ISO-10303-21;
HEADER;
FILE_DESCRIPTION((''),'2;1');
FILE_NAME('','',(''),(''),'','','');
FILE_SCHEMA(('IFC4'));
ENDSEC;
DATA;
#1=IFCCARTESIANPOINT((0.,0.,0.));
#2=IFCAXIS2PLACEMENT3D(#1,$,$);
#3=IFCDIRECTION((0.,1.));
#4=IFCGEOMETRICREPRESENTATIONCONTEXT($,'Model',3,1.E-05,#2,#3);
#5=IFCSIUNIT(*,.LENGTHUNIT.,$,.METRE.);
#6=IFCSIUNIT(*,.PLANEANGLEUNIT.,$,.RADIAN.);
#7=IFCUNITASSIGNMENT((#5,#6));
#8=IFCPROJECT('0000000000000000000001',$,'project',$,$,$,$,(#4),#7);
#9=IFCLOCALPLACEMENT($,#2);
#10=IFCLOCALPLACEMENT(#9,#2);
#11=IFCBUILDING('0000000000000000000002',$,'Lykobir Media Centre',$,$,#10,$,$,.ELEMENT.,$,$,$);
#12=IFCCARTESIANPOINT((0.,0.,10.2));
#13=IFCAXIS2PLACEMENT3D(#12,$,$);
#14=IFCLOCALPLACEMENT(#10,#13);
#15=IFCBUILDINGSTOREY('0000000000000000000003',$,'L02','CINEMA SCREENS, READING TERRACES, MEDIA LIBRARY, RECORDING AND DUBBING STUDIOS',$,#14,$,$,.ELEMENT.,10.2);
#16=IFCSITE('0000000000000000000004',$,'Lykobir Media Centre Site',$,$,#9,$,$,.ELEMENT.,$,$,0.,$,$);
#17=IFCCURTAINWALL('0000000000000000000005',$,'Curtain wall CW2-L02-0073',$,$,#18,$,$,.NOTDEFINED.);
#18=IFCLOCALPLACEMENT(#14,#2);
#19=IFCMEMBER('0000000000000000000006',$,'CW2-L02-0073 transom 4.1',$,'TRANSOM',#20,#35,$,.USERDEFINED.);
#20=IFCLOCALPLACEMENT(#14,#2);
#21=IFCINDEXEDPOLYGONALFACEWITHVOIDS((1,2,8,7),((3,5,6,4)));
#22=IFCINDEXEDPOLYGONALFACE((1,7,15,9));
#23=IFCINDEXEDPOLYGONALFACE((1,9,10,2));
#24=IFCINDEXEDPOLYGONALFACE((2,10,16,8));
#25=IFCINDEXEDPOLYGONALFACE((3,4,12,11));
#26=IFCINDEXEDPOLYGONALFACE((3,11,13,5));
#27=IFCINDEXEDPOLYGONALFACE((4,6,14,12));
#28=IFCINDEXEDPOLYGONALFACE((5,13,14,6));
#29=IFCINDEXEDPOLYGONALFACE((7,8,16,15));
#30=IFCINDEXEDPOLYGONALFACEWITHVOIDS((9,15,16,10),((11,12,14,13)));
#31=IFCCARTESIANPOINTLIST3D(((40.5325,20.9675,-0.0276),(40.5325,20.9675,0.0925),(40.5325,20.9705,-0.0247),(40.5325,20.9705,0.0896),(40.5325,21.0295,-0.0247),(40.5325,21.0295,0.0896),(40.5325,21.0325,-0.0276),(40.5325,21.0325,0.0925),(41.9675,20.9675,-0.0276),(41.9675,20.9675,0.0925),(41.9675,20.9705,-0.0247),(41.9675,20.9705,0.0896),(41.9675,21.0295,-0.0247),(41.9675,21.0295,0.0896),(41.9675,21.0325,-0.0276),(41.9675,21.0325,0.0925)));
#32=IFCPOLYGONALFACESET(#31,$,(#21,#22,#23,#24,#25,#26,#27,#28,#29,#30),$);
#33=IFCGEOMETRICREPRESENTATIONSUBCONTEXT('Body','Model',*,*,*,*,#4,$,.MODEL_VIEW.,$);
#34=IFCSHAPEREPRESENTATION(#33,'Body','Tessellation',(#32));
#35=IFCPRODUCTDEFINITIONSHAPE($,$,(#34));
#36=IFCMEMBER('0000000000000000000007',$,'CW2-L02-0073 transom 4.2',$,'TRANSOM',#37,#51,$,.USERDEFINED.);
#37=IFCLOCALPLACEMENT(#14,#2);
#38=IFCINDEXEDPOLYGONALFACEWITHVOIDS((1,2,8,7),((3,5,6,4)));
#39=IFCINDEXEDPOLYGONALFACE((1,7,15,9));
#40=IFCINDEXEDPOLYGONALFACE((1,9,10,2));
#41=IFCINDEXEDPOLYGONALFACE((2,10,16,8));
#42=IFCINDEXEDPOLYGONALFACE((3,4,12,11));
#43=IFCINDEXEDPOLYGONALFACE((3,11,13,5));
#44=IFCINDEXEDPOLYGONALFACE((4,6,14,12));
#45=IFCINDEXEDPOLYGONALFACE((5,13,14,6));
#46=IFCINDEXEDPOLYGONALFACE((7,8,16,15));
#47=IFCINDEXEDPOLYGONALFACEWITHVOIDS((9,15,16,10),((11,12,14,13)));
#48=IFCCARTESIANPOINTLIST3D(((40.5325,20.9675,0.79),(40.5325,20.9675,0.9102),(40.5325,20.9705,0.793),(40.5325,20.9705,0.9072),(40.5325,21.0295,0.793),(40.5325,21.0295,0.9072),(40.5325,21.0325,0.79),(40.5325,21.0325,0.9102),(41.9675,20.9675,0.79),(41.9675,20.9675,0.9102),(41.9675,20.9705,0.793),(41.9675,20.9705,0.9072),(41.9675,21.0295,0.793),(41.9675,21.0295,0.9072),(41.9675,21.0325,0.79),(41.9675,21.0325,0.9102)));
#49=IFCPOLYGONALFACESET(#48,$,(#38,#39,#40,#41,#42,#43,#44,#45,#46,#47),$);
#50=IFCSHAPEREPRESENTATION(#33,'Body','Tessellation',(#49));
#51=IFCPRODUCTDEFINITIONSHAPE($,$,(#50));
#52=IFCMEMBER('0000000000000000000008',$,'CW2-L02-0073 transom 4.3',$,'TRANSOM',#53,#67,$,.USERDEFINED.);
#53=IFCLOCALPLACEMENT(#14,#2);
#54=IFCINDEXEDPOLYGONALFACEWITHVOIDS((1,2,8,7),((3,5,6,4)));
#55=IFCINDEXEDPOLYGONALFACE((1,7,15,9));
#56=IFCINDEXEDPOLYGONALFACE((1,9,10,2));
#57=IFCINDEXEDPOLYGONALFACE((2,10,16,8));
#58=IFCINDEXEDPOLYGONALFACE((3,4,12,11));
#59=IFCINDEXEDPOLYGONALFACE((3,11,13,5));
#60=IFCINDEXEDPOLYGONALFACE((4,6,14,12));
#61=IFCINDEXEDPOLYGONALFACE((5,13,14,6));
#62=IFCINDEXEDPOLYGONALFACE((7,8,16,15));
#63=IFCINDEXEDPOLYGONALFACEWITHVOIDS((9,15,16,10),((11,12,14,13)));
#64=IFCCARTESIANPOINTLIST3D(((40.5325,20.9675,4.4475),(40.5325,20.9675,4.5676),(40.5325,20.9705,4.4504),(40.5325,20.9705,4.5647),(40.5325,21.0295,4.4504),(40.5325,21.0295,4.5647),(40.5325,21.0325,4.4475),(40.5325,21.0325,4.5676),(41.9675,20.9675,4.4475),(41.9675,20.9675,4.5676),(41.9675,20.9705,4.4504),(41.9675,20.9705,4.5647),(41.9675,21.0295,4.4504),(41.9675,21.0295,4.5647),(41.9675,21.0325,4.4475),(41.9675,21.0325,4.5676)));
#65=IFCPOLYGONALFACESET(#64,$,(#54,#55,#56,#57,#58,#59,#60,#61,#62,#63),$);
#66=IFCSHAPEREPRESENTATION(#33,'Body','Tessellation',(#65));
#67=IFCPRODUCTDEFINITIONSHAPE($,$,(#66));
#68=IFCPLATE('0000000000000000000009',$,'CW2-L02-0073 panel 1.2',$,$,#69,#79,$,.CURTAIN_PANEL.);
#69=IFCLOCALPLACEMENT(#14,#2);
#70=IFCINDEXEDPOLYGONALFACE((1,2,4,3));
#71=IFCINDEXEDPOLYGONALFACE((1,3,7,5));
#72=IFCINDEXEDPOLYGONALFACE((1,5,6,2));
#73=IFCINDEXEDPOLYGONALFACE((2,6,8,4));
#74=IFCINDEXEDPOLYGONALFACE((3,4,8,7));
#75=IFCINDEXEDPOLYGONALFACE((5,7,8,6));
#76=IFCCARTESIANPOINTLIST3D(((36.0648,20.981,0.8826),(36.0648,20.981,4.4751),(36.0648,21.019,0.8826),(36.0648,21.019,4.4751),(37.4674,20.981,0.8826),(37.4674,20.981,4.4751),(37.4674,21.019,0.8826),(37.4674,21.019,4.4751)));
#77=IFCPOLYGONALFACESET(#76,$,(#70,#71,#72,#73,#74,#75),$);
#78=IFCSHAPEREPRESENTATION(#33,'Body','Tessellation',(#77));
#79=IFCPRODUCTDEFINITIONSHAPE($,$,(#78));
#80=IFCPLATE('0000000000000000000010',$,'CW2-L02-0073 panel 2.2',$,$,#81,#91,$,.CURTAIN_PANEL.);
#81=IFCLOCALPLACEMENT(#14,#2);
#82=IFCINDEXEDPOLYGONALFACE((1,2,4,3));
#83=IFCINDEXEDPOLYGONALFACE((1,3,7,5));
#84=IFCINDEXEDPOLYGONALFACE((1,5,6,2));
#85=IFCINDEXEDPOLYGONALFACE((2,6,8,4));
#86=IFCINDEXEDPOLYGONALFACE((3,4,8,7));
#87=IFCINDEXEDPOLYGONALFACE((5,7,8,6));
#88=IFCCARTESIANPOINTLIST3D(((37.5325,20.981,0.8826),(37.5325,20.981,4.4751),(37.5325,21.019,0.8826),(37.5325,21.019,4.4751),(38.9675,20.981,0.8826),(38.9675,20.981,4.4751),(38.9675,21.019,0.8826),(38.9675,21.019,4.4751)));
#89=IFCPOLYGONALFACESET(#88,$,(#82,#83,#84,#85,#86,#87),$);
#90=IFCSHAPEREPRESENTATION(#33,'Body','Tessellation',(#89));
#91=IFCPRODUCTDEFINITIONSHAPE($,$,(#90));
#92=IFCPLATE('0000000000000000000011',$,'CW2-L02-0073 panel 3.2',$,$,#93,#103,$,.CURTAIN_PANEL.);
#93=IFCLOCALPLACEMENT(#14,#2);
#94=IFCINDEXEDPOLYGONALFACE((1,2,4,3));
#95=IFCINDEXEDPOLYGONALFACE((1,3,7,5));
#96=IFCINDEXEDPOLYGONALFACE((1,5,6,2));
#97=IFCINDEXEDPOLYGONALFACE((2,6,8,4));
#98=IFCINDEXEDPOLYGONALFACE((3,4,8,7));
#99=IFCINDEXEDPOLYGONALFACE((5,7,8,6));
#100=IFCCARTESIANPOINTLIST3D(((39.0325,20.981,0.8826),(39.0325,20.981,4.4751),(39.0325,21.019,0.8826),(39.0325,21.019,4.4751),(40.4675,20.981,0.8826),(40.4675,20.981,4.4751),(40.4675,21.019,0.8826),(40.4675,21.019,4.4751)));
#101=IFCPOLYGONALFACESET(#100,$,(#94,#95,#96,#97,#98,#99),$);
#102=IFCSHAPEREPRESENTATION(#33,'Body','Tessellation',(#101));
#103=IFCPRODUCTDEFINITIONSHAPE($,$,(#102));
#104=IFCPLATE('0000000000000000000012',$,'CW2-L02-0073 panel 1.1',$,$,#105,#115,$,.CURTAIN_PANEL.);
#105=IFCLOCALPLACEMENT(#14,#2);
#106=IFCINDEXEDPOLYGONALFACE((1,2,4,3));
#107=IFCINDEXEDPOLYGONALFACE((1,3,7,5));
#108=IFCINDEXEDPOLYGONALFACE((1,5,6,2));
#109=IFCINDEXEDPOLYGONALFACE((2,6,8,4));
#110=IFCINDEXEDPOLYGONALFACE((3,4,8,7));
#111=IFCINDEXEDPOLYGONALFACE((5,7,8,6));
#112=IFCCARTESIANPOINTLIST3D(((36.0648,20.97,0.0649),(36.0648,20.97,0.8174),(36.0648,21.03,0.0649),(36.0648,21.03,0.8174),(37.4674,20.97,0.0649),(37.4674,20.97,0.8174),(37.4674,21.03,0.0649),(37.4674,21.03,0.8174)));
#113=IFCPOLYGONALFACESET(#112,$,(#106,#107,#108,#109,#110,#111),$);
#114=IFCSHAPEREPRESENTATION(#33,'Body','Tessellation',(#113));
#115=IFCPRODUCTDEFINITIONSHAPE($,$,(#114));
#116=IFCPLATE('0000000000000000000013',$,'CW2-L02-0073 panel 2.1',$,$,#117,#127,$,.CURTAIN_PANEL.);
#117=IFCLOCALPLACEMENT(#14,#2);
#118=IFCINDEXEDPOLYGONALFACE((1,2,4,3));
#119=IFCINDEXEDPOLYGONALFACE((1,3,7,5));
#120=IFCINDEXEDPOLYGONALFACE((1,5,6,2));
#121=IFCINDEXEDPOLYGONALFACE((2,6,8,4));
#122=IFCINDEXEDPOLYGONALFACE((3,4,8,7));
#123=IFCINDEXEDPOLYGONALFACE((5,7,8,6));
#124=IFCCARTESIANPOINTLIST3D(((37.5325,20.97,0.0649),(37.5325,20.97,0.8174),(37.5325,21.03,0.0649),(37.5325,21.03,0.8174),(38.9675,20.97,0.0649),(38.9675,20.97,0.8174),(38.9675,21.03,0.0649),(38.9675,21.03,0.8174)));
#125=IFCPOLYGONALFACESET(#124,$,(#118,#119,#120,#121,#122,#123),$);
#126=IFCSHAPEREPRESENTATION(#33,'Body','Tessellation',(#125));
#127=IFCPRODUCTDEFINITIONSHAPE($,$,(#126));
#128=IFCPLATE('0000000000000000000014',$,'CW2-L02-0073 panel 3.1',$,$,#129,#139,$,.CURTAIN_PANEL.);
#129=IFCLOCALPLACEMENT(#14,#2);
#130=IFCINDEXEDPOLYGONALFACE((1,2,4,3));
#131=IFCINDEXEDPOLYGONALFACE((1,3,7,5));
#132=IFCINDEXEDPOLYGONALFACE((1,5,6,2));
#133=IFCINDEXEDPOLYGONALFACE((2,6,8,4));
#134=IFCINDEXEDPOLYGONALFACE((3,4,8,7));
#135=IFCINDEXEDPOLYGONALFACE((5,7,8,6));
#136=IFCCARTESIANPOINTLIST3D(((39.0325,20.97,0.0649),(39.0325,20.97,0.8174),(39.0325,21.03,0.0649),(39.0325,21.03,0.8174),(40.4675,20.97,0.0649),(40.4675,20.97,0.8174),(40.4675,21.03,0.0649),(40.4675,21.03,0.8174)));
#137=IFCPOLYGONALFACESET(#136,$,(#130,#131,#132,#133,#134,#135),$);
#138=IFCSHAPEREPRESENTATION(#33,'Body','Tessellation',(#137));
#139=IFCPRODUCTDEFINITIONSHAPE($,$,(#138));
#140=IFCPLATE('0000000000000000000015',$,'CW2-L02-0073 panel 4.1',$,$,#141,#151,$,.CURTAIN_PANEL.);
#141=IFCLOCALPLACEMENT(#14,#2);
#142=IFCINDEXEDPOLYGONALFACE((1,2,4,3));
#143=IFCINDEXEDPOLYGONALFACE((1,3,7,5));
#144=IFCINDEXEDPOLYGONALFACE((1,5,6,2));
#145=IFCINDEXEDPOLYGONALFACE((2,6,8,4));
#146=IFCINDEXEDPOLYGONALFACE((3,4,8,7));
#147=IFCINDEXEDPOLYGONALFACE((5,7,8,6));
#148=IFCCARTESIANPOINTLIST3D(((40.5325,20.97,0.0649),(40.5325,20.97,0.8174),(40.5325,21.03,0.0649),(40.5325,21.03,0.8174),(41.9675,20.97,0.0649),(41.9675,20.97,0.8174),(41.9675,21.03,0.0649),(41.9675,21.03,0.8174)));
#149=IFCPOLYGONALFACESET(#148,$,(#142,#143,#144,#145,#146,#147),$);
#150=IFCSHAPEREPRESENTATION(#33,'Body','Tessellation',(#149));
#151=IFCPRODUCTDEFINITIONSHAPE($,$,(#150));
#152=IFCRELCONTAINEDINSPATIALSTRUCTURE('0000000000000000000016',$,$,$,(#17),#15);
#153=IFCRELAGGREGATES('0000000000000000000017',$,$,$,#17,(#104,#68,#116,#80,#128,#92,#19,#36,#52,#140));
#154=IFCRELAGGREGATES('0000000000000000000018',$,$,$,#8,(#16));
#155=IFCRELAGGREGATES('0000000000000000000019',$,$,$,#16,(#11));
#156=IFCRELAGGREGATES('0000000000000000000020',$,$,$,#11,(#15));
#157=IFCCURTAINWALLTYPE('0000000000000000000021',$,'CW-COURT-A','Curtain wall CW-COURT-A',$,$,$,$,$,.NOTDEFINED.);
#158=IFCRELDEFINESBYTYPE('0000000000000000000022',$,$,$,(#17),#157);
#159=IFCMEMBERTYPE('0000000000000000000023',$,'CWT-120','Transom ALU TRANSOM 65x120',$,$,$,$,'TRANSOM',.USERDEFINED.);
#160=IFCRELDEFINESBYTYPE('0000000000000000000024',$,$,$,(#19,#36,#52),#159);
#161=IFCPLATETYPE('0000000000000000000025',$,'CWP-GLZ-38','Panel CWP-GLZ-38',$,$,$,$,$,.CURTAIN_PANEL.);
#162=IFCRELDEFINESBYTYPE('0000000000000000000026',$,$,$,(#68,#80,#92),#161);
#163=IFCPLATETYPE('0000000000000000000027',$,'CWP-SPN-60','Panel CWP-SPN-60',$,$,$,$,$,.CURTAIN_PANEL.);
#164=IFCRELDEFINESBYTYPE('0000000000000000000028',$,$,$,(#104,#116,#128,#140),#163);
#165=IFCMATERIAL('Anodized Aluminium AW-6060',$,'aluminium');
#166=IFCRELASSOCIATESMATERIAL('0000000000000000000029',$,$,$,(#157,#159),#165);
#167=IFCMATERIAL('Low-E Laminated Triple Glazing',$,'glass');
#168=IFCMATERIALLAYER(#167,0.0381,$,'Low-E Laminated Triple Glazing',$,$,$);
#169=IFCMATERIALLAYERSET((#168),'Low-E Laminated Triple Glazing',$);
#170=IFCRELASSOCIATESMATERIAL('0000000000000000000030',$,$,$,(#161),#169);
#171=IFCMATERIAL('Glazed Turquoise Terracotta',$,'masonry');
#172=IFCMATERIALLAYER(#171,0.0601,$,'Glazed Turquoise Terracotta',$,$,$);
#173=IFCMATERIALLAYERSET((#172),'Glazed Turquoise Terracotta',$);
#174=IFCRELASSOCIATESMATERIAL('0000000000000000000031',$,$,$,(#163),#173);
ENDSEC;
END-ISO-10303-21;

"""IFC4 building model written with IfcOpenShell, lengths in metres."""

from ifc_helpers import new_model, si_unit, direction, frame, origin, origin_2d, place, context, subcontext, project, spatial, rectangle, hollow_rectangle, extrude, material, layer, layer_set, material_profile, profile_set, type_object, element, aggregate, save


model = new_model("IFC4")

# Units and contexts
model_context = context("Model", 3, precision=1e-05, world=origin(), true_north=direction((0.0, 1.0)))
body_context = subcontext(model_context, "Body", "Model", "MODEL_VIEW")
ifc_project = project(units=[si_unit("LENGTHUNIT", "METRE"), si_unit("PLANEANGLEUNIT", "RADIAN")], contexts=[model_context])

# Site, building, storey
site_placement = place(None, origin())
site = spatial("IfcSite", under=ifc_project, at=site_placement, Name="Lykobir Media Centre Site", CompositionType="ELEMENT", RefElevation=0.0)
building_placement = place(site_placement, origin())
building = spatial("IfcBuilding", under=site, at=building_placement, Name="Lykobir Media Centre", CompositionType="ELEMENT")
storey_placement = place(building_placement, frame((0.0, 0.0, 10.2)))
storey = spatial("IfcBuildingStorey", under=building, at=storey_placement, Name="L02", Description="CINEMA SCREENS, READING TERRACES, MEDIA LIBRARY, RECORDING AND DUBBING STUDIOS", CompositionType="ELEMENT", Elevation=10.2)

# Curtain wall, members, plates
ifc_material_1 = material(Name="Anodized Aluminium AW-6060", Category="aluminium")
curtain_wall_type = type_object("IfcCurtainWallType", Name="CW-COURT-A", Description="Curtain wall CW-COURT-A", PredefinedType="NOTDEFINED", material=ifc_material_1)
curtain_wall_placement = place(storey_placement, origin())
curtain_wall = element("IfcCurtainWall", 1, at=curtain_wall_placement, inside=storey, type_object=curtain_wall_type, Name="Curtain wall CW2-L02-0073", PredefinedType="NOTDEFINED")
ifc_material_profile_1 = material_profile(ifc_material_1, hollow_rectangle(XDim=0.0649, YDim=0.1201, WallThickness=0.0029, at=origin_2d()), Name="ALU TRANSOM 65x120")
ifc_profile_set_1 = profile_set([ifc_material_profile_1], Name="Anodized Aluminium AW-6060")
member_type_1 = type_object("IfcMemberType", Name="CWT-120", Description="Transom ALU TRANSOM 65x120", ElementType="TRANSOM", PredefinedType="USERDEFINED", material=ifc_profile_set_1)
member_1_placement = place(storey_placement, frame((40.5325, 21.0, 0.0325), z_axis=(1.0, 0.0, 0.0), x_axis=(0.0, 1.0, 0.0)))
member_1 = element("IfcMember", 2, at=member_1_placement, type_object=member_type_1, Name="CW2-L02-0073 transom 4.1", ObjectType="TRANSOM", PredefinedType="USERDEFINED", context=body_context, shape_type="SweptSolid", body=[
    extrude(hollow_rectangle(XDim=0.0649, YDim=0.1201, WallThickness=0.0029, at=origin_2d()), origin(), (0.0, 0.0, 1.0), 1.4351),
])
member_2_placement = place(storey_placement, frame((40.5325, 21.0, 0.8501), z_axis=(1.0, 0.0, 0.0), x_axis=(0.0, 1.0, 0.0)))
member_2 = element("IfcMember", 3, at=member_2_placement, type_object=member_type_1, Name="CW2-L02-0073 transom 4.2", ObjectType="TRANSOM", PredefinedType="USERDEFINED", context=body_context, shape_type="SweptSolid", body=[
    extrude(hollow_rectangle(XDim=0.0649, YDim=0.1201, WallThickness=0.0029, at=origin_2d()), origin(), (0.0, 0.0, 1.0), 1.4351),
])
member_3_placement = place(storey_placement, frame((40.5325, 21.0, 4.5076), z_axis=(1.0, 0.0, 0.0), x_axis=(0.0, 1.0, 0.0)))
member_3 = element("IfcMember", 4, at=member_3_placement, type_object=member_type_1, Name="CW2-L02-0073 transom 4.3", ObjectType="TRANSOM", PredefinedType="USERDEFINED", context=body_context, shape_type="SweptSolid", body=[
    extrude(hollow_rectangle(XDim=0.0649, YDim=0.1201, WallThickness=0.0029, at=origin_2d()), origin(), (0.0, 0.0, 1.0), 1.4351),
])
ifc_material_2 = material(Name="Low-E Laminated Triple Glazing", Category="glass")
ifc_layer_1 = layer(ifc_material_2, 0.0381, Name="Low-E Laminated Triple Glazing")
ifc_layer_set_1 = layer_set([ifc_layer_1], Name="Low-E Laminated Triple Glazing")
plate_type_1 = type_object("IfcPlateType", Name="CWP-GLZ-38", Description="Panel CWP-GLZ-38", PredefinedType="CURTAIN_PANEL", material=ifc_layer_set_1)
plate_1_placement = place(storey_placement, frame((36.7661, 21.0, 0.8826), z_axis=(0.0, 0.0, 1.0), x_axis=(1.0, 0.0, 0.0)))
plate_1 = element("IfcPlate", 5, at=plate_1_placement, type_object=plate_type_1, Name="CW2-L02-0073 panel 1.2", PredefinedType="CURTAIN_PANEL", context=body_context, shape_type="SweptSolid", body=[
    extrude(rectangle(XDim=1.4026, YDim=0.0381, at=origin_2d()), origin(), (0.0, 0.0, 1.0), 3.5925),
])
plate_2_placement = place(storey_placement, frame((38.25, 21.0, 0.8826), z_axis=(0.0, 0.0, 1.0), x_axis=(1.0, 0.0, 0.0)))
plate_2 = element("IfcPlate", 6, at=plate_2_placement, type_object=plate_type_1, Name="CW2-L02-0073 panel 2.2", PredefinedType="CURTAIN_PANEL", context=body_context, shape_type="SweptSolid", body=[
    extrude(rectangle(XDim=1.4351, YDim=0.0381, at=origin_2d()), origin(), (0.0, 0.0, 1.0), 3.5925),
])
plate_3_placement = place(storey_placement, frame((39.75, 21.0, 0.8826), z_axis=(0.0, 0.0, 1.0), x_axis=(1.0, 0.0, 0.0)))
plate_3 = element("IfcPlate", 7, at=plate_3_placement, type_object=plate_type_1, Name="CW2-L02-0073 panel 3.2", PredefinedType="CURTAIN_PANEL", context=body_context, shape_type="SweptSolid", body=[
    extrude(rectangle(XDim=1.4351, YDim=0.0381, at=origin_2d()), origin(), (0.0, 0.0, 1.0), 3.5925),
])
ifc_material_3 = material(Name="Glazed Turquoise Terracotta", Category="masonry")
ifc_layer_2 = layer(ifc_material_3, 0.0601, Name="Glazed Turquoise Terracotta")
ifc_layer_set_2 = layer_set([ifc_layer_2], Name="Glazed Turquoise Terracotta")
plate_type_2 = type_object("IfcPlateType", Name="CWP-SPN-60", Description="Panel CWP-SPN-60", PredefinedType="CURTAIN_PANEL", material=ifc_layer_set_2)
plate_4_placement = place(storey_placement, frame((36.7661, 21.0, 0.0649), z_axis=(0.0, 0.0, 1.0), x_axis=(1.0, 0.0, 0.0)))
plate_4 = element("IfcPlate", 8, at=plate_4_placement, type_object=plate_type_2, Name="CW2-L02-0073 panel 1.1", PredefinedType="CURTAIN_PANEL", context=body_context, shape_type="SweptSolid", body=[
    extrude(rectangle(XDim=1.4026, YDim=0.0601, at=origin_2d()), origin(), (0.0, 0.0, 1.0), 0.7524),
])
plate_5_placement = place(storey_placement, frame((38.25, 21.0, 0.0649), z_axis=(0.0, 0.0, 1.0), x_axis=(1.0, 0.0, 0.0)))
plate_5 = element("IfcPlate", 9, at=plate_5_placement, type_object=plate_type_2, Name="CW2-L02-0073 panel 2.1", PredefinedType="CURTAIN_PANEL", context=body_context, shape_type="SweptSolid", body=[
    extrude(rectangle(XDim=1.4351, YDim=0.0601, at=origin_2d()), origin(), (0.0, 0.0, 1.0), 0.7524),
])
plate_6_placement = place(storey_placement, frame((39.75, 21.0, 0.0649), z_axis=(0.0, 0.0, 1.0), x_axis=(1.0, 0.0, 0.0)))
plate_6 = element("IfcPlate", 10, at=plate_6_placement, type_object=plate_type_2, Name="CW2-L02-0073 panel 3.1", PredefinedType="CURTAIN_PANEL", context=body_context, shape_type="SweptSolid", body=[
    extrude(rectangle(XDim=1.4351, YDim=0.0601, at=origin_2d()), origin(), (0.0, 0.0, 1.0), 0.7524),
])
plate_7_placement = place(storey_placement, frame((41.25, 21.0, 0.0649), z_axis=(0.0, 0.0, 1.0), x_axis=(1.0, 0.0, 0.0)))
plate_7 = element("IfcPlate", 11, at=plate_7_placement, type_object=plate_type_2, Name="CW2-L02-0073 panel 4.1", PredefinedType="CURTAIN_PANEL", context=body_context, shape_type="SweptSolid", body=[
    extrude(rectangle(XDim=1.4351, YDim=0.0601, at=origin_2d()), origin(), (0.0, 0.0, 1.0), 0.7524),
])
aggregate(curtain_wall, [plate_4, plate_1, plate_5, plate_2, plate_6, plate_3, member_1, member_2, member_3, plate_7])

save(model, "model.ifc")
